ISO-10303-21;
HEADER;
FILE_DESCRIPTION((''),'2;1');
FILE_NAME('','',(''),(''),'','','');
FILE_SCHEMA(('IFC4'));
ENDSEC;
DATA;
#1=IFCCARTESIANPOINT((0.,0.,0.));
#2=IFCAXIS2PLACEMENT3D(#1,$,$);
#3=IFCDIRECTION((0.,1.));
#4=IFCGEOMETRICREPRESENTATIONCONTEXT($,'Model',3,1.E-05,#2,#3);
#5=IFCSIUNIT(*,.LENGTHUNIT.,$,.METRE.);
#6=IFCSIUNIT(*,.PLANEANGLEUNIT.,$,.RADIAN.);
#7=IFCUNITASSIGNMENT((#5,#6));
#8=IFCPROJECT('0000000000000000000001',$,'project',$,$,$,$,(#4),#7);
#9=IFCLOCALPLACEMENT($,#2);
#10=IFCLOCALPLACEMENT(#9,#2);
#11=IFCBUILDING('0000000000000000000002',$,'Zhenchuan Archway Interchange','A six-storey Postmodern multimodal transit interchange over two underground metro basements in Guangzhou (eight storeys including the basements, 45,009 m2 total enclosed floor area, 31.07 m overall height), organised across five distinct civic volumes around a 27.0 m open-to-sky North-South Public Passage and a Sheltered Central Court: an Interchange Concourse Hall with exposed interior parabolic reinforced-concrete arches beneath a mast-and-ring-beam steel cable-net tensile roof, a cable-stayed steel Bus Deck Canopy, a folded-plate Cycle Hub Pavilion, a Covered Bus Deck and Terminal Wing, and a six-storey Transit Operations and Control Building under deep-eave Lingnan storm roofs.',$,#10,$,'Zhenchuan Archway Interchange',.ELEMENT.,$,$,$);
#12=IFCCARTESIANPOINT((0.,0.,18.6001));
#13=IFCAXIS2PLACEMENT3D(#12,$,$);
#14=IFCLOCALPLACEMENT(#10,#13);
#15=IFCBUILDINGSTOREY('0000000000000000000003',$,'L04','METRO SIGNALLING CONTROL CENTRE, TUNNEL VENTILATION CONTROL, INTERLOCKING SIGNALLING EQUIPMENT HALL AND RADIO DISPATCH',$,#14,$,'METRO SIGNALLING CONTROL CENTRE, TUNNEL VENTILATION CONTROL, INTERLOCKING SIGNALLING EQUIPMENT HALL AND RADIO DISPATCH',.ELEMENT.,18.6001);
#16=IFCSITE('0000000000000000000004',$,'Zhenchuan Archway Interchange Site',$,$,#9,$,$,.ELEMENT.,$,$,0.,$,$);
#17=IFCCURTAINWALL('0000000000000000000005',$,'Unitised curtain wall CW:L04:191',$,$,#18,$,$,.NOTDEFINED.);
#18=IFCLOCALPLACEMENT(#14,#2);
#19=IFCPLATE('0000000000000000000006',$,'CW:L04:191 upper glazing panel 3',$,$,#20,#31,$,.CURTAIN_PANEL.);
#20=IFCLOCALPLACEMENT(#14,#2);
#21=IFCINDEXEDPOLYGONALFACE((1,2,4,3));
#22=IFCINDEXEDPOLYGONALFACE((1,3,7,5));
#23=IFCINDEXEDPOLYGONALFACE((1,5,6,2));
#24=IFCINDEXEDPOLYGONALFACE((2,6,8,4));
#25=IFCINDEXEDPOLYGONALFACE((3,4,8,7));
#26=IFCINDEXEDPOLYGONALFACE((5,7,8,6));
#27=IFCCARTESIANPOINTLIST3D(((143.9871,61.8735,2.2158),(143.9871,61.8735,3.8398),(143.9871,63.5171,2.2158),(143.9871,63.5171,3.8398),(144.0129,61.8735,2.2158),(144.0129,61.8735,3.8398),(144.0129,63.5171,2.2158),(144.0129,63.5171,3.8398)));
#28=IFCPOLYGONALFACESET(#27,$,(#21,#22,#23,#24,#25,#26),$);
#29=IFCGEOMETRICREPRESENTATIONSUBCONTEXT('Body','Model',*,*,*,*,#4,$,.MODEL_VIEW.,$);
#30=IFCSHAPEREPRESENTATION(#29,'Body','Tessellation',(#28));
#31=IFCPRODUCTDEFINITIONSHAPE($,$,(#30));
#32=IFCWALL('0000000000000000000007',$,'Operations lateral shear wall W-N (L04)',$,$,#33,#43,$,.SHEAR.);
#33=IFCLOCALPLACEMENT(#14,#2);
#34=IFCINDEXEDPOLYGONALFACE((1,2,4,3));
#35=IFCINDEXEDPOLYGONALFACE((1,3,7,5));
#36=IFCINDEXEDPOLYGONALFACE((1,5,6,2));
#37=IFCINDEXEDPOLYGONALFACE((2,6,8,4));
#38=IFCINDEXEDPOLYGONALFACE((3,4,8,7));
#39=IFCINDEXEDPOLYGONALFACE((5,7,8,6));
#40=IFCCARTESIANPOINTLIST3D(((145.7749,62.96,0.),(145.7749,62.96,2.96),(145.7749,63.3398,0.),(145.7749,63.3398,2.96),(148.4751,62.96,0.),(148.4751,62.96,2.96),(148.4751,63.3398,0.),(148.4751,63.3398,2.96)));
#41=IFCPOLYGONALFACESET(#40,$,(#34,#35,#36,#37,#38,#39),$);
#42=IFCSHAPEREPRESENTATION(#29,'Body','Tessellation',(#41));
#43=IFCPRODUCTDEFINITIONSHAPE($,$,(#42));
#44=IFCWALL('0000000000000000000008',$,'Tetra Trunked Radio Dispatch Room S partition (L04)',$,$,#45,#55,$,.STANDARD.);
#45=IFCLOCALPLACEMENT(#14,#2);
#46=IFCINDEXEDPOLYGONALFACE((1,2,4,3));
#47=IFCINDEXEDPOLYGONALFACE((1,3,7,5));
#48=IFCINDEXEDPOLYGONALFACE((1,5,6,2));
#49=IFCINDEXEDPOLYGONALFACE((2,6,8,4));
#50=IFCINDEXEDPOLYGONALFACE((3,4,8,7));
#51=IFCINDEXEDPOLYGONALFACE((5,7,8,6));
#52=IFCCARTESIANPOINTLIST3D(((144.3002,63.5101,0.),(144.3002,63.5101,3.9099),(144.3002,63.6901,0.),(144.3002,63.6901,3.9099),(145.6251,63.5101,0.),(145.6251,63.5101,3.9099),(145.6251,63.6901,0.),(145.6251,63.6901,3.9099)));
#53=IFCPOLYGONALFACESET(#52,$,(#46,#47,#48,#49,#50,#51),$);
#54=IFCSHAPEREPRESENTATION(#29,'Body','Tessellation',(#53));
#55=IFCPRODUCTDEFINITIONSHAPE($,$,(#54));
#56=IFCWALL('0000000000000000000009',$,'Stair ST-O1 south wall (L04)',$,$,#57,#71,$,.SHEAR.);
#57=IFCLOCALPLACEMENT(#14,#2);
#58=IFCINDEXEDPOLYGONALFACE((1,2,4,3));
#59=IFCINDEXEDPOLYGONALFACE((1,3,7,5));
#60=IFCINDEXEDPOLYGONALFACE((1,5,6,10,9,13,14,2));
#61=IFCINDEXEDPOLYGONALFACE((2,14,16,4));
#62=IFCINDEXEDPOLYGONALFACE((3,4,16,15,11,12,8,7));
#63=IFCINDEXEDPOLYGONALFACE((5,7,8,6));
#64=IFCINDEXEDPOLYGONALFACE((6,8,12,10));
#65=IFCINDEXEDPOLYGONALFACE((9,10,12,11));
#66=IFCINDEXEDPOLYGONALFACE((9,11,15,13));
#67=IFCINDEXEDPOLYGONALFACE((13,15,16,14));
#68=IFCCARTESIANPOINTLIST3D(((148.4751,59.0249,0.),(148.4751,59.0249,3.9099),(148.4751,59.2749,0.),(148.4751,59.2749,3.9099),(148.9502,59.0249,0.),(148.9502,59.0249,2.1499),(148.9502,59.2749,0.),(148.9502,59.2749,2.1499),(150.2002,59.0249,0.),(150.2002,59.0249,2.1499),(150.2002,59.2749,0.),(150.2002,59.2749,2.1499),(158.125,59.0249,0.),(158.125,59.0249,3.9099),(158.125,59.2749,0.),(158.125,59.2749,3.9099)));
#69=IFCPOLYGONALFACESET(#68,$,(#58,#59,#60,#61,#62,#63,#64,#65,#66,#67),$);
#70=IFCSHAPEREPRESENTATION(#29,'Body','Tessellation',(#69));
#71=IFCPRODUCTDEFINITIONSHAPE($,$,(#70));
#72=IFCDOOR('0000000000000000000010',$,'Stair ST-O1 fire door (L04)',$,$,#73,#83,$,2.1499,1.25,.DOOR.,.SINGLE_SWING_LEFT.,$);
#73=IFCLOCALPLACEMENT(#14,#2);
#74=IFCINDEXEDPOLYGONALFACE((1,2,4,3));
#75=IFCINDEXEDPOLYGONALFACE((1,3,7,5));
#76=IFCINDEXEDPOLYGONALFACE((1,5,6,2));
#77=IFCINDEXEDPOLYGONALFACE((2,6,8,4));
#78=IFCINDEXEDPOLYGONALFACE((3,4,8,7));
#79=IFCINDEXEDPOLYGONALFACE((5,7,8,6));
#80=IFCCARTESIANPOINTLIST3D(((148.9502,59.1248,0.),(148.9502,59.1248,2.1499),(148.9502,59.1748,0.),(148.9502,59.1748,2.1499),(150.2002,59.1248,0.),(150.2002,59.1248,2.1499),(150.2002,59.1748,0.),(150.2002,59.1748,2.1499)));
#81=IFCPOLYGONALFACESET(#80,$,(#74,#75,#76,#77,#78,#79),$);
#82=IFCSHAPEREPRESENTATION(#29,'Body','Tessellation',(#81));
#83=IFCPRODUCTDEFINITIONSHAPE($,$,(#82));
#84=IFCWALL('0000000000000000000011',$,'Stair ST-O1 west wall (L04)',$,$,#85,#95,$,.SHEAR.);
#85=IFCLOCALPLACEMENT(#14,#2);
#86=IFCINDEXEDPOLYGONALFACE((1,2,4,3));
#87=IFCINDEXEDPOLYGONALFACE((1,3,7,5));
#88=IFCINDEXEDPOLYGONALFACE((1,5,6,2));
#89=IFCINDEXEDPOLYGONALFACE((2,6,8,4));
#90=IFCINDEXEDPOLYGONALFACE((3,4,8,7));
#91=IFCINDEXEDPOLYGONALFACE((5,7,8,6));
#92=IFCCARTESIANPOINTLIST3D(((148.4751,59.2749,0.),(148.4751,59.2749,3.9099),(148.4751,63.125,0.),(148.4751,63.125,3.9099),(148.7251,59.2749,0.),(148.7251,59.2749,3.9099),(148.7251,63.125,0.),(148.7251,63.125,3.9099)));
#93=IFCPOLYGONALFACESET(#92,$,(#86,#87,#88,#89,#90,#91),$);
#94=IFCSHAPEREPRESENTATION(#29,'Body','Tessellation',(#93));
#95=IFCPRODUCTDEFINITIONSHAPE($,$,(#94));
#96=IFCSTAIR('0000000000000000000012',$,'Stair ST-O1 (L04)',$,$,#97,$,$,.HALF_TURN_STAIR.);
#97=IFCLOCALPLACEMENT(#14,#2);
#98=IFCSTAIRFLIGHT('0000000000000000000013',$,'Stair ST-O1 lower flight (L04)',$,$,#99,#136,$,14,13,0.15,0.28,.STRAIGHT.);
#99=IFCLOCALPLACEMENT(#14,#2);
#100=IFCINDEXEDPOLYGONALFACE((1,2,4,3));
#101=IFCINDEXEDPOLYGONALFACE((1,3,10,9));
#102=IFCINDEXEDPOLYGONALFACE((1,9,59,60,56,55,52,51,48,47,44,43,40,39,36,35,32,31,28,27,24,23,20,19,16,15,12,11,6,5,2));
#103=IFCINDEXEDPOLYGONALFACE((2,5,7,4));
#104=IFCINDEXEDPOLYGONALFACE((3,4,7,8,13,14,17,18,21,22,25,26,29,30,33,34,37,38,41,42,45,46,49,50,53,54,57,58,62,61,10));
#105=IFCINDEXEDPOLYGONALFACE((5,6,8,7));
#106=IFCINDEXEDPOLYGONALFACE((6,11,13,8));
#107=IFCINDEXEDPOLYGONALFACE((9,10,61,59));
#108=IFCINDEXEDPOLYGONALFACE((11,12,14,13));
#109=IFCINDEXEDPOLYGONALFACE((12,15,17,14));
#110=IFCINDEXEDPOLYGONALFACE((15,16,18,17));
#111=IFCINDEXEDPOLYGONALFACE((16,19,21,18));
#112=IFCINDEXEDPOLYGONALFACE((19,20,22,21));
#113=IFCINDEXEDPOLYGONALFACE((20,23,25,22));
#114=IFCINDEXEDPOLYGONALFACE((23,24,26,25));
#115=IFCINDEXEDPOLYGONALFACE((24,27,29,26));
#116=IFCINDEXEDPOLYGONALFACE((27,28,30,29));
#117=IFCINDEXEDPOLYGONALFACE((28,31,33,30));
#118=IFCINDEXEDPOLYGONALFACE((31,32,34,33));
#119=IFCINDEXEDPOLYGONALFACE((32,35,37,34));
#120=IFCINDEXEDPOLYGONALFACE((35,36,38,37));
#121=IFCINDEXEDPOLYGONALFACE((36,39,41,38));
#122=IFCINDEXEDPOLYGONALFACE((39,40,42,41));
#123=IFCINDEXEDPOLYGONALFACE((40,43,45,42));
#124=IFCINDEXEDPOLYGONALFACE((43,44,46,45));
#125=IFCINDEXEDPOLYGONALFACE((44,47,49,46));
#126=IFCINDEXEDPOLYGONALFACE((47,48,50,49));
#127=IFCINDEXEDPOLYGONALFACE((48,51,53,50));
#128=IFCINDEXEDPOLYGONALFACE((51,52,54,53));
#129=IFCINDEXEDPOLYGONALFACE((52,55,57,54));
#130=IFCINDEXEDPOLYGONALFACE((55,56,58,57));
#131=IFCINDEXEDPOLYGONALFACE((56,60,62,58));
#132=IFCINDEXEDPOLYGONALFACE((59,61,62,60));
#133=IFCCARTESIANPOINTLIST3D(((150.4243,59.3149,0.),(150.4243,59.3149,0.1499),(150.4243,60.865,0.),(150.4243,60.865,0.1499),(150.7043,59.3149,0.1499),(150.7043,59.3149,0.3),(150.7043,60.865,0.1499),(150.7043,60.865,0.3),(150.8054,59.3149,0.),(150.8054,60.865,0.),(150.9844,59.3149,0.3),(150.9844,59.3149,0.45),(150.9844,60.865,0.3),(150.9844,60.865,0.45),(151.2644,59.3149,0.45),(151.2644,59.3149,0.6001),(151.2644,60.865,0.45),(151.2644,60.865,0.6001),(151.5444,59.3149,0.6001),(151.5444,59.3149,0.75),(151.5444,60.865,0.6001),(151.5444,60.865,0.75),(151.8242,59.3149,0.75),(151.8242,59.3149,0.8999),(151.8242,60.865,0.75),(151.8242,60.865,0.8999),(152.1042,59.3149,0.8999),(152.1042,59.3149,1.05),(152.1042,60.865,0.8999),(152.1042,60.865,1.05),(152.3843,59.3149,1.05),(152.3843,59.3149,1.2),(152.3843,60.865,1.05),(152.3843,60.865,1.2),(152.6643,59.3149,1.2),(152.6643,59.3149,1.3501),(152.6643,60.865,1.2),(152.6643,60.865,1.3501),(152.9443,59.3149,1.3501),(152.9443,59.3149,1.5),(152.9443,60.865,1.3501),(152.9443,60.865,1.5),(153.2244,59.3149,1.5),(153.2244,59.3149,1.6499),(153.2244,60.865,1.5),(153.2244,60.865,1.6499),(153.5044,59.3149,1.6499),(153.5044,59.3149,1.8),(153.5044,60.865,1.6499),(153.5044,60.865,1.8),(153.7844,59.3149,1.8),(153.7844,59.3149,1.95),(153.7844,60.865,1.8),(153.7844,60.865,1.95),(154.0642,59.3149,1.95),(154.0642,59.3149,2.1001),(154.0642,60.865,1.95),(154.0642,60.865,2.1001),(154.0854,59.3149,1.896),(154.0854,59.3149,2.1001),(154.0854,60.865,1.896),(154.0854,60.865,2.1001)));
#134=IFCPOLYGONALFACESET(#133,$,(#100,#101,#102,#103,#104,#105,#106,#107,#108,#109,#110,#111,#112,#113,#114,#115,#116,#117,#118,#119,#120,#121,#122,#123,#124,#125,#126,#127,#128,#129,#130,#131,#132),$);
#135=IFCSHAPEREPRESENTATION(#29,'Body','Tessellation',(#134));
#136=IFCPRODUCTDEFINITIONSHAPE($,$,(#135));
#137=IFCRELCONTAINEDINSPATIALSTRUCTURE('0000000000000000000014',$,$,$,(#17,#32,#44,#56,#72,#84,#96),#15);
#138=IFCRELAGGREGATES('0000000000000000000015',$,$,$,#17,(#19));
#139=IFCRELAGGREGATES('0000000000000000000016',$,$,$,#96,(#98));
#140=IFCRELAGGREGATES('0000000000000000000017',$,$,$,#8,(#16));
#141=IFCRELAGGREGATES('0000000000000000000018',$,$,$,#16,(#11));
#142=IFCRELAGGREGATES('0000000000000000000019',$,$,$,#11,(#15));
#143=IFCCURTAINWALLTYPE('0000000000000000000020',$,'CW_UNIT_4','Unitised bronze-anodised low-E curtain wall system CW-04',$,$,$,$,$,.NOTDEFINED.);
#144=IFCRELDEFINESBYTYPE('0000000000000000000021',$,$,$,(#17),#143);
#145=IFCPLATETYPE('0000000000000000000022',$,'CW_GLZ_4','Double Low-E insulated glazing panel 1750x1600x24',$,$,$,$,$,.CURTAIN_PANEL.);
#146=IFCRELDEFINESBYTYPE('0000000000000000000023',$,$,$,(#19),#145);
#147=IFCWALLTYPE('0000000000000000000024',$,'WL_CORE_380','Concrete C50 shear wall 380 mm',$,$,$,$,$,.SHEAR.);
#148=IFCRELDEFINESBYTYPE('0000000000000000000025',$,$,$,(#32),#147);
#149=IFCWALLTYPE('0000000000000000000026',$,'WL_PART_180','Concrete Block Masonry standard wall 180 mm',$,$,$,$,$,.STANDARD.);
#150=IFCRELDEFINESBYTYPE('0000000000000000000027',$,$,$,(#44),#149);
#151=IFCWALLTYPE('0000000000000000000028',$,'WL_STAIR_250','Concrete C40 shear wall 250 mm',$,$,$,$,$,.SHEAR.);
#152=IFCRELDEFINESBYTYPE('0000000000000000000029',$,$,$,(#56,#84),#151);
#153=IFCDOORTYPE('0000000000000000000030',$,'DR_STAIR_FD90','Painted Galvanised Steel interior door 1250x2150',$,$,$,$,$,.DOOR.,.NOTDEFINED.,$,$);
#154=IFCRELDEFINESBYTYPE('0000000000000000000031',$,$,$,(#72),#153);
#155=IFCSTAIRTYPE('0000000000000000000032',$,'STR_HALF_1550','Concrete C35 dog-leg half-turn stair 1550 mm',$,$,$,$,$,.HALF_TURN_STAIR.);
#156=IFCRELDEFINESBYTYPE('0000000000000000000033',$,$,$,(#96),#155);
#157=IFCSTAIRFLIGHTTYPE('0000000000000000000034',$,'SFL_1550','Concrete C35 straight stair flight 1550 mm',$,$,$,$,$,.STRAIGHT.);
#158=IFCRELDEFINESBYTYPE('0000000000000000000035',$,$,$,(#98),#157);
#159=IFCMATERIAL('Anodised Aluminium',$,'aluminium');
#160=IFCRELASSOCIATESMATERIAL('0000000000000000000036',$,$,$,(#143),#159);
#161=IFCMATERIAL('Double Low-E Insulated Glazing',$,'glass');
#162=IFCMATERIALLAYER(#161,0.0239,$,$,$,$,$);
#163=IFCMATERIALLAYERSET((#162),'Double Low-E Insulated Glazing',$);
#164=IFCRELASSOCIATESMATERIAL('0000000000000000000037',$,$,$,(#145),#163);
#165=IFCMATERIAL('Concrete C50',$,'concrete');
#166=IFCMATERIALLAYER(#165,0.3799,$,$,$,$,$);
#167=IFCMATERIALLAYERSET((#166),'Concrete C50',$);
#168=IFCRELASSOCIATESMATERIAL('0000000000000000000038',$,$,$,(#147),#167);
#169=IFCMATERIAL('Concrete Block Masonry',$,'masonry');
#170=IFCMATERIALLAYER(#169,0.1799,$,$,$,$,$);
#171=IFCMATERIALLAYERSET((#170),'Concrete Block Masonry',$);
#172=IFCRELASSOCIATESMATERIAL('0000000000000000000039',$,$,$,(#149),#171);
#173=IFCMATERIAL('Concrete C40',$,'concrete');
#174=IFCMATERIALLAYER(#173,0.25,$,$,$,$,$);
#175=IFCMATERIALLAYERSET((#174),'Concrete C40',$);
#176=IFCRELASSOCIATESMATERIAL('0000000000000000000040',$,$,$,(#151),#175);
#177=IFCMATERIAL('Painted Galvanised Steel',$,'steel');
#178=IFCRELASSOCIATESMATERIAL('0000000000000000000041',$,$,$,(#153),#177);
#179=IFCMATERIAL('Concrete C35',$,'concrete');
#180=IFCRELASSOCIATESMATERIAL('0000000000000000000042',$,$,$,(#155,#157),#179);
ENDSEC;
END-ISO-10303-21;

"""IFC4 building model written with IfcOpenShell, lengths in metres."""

from ifc_helpers import new_model, si_unit, direction, frame, frame_2d, origin, origin_2d, place, context, subcontext, project, spatial, polyline, rectangle, outline, extrude, material, layer, layer_set, type_object, element, fill, aggregate, save


model = new_model("IFC4")

# Units and contexts
model_context = context("Model", 3, precision=1e-05, world=origin(), true_north=direction((0.0, 1.0)))
body_context = subcontext(model_context, "Body", "Model", "MODEL_VIEW")
ifc_project = project(units=[si_unit("LENGTHUNIT", "METRE"), si_unit("PLANEANGLEUNIT", "RADIAN")], contexts=[model_context])

# Site, building, storey
site_placement = place(None, origin())
site = spatial("IfcSite", under=ifc_project, at=site_placement, Name="Zhenchuan Archway Interchange Site", CompositionType="ELEMENT", RefElevation=0.0)
building_placement = place(site_placement, origin())
building = spatial("IfcBuilding", under=site, at=building_placement, Name="Zhenchuan Archway Interchange", Description="A six-storey Postmodern multimodal transit interchange over two underground metro basements in Guangzhou (eight storeys including the basements, 45,009 m2 total enclosed floor area, 31.07 m overall height), organised across five distinct civic volumes around a 27.0 m open-to-sky North-South Public Passage and a Sheltered Central Court: an Interchange Concourse Hall with exposed interior parabolic reinforced-concrete arches beneath a mast-and-ring-beam steel cable-net tensile roof, a cable-stayed steel Bus Deck Canopy, a folded-plate Cycle Hub Pavilion, a Covered Bus Deck and Terminal Wing, and a six-storey Transit Operations and Control Building under deep-eave Lingnan storm roofs.", LongName="Zhenchuan Archway Interchange", CompositionType="ELEMENT")
storey_placement = place(building_placement, frame((0.0, 0.0, 18.6001)))
storey = spatial("IfcBuildingStorey", under=building, at=storey_placement, Name="L04", Description="METRO SIGNALLING CONTROL CENTRE, TUNNEL VENTILATION CONTROL, INTERLOCKING SIGNALLING EQUIPMENT HALL AND RADIO DISPATCH", LongName="METRO SIGNALLING CONTROL CENTRE, TUNNEL VENTILATION CONTROL, INTERLOCKING SIGNALLING EQUIPMENT HALL AND RADIO DISPATCH", CompositionType="ELEMENT", Elevation=18.6001)

# Shared definitions
ifc_material_1 = material(Name="Concrete C40", Category="concrete")

# Curtain wall
ifc_material_2 = material(Name="Anodised Aluminium", Category="aluminium")
curtain_wall_type = type_object("IfcCurtainWallType", Name="CW_UNIT_4", Description="Unitised bronze-anodised low-E curtain wall system CW-04", PredefinedType="NOTDEFINED", material=ifc_material_2)
curtain_wall_placement = place(storey_placement, origin())
curtain_wall = element("IfcCurtainWall", 1, at=curtain_wall_placement, inside=storey, type_object=curtain_wall_type, Name="Unitised curtain wall CW:L04:191", PredefinedType="NOTDEFINED")

# Plate
ifc_material_3 = material(Name="Double Low-E Insulated Glazing", Category="glass")
ifc_layer_1 = layer(ifc_material_3, 0.0239)
ifc_layer_set_1 = layer_set([ifc_layer_1], Name="Double Low-E Insulated Glazing")
plate_type_1 = type_object("IfcPlateType", Name="CW_GLZ_4", Description="Double Low-E insulated glazing panel 1750x1600x24", PredefinedType="CURTAIN_PANEL", material=ifc_layer_set_1)
plate_1_placement = place(storey_placement, frame((144.0, 62.6953, 2.2158), z_axis=(0.0, 0.0, 1.0), x_axis=(0.0, 1.0, 0.0)))
plate_1 = element("IfcPlate", 2, at=plate_1_placement, type_object=plate_type_1, Name="CW:L04:191 upper glazing panel 3", PredefinedType="CURTAIN_PANEL", context=body_context, shape_type="SweptSolid", body=[
    extrude(rectangle(XDim=1.6436, YDim=0.0259, at=origin_2d()), origin(), (0.0, 0.0, 1.0), 1.624),
])
aggregate(curtain_wall, [plate_1])

# Walls
ifc_material_4 = material(Name="Concrete C50", Category="concrete")
ifc_layer_2 = layer(ifc_material_4, 0.3799)
ifc_layer_set_2 = layer_set([ifc_layer_2], Name="Concrete C50")
wall_type_1 = type_object("IfcWallType", Name="WL_CORE_380", Description="Concrete C50 shear wall 380 mm", PredefinedType="SHEAR", material=ifc_layer_set_2)
wall_1_placement = place(storey_placement, frame((145.7749, 63.1499, 0.0), z_axis=(0.0, 0.0, 1.0), x_axis=(1.0, 0.0, 0.0)))
element("IfcWall", 3, at=wall_1_placement, inside=storey, type_object=wall_type_1, Name="Operations lateral shear wall W-N (L04)", PredefinedType="SHEAR", context=body_context, shape_type="SweptSolid", body=[
    extrude(rectangle(XDim=2.7002, YDim=0.3799, at=frame_2d((1.3501, 0.0))), origin(), (0.0, 0.0, 1.0), 2.96),
])
ifc_material_5 = material(Name="Concrete Block Masonry", Category="masonry")
ifc_layer_3 = layer(ifc_material_5, 0.1799)
ifc_layer_set_3 = layer_set([ifc_layer_3], Name="Concrete Block Masonry")
wall_type_2 = type_object("IfcWallType", Name="WL_PART_180", Description="Concrete Block Masonry standard wall 180 mm", PredefinedType="STANDARD", material=ifc_layer_set_3)
wall_2_placement = place(storey_placement, frame((144.3, 63.6001, 0.0), z_axis=(0.0, 0.0, 1.0), x_axis=(1.0, 0.0, 0.0)))
element("IfcWall", 4, at=wall_2_placement, inside=storey, type_object=wall_type_2, Name="Tetra Trunked Radio Dispatch Room S partition (L04)", PredefinedType="STANDARD", context=body_context, shape_type="SweptSolid", body=[
    extrude(rectangle(XDim=1.325, YDim=0.1799, at=frame_2d((0.6626, 0.0))), origin(), (0.0, 0.0, 1.0), 3.9099),
])

# Wall, opening, door
ifc_layer_4 = layer(ifc_material_1, 0.25)
ifc_layer_set_4 = layer_set([ifc_layer_4], Name="Concrete C40")
wall_type_3 = type_object("IfcWallType", Name="WL_STAIR_250", Description="Concrete C40 shear wall 250 mm", PredefinedType="SHEAR", material=ifc_layer_set_4)
wall_3_placement = place(storey_placement, frame((148.4751, 59.1499, 0.0), z_axis=(0.0, 0.0, 1.0), x_axis=(1.0, 0.0, 0.0)))
wall_3 = element("IfcWall", 5, at=wall_3_placement, inside=storey, type_object=wall_type_3, Name="Stair ST-O1 south wall (L04)", PredefinedType="SHEAR", context=body_context, shape_type="SweptSolid", body=[
    extrude(rectangle(XDim=9.6499, YDim=0.25, at=frame_2d((4.825, 0.0))), origin(), (0.0, 0.0, 1.0), 3.9099),
])
opening_placement = place(wall_3_placement, frame((0.4751, 0.0, 0.0)))
opening = element("IfcOpeningElement", 6, at=opening_placement, cuts=wall_3, PredefinedType="OPENING", context=body_context, shape_type="SweptSolid", body=[
    extrude(rectangle(XDim=1.25, YDim=2.1499, at=frame_2d((0.625, 1.075))), frame((0.0, 0.137, 0.0), z_axis=(0.0, -1.0, 0.0), x_axis=(1.0, 0.0, 0.0)), (0.0, 0.0, 1.0), 0.2739),
])
ifc_material_6 = material(Name="Painted Galvanised Steel", Category="steel")
door_type = type_object("IfcDoorType", Name="DR_STAIR_FD90", Description="Painted Galvanised Steel interior door 1250x2150", OperationType="NOTDEFINED", PredefinedType="DOOR", material=ifc_material_6)
door_placement = place(opening_placement, origin())
door = element("IfcDoor", 7, at=door_placement, inside=storey, type_object=door_type, Name="Stair ST-O1 fire door (L04)", OperationType="SINGLE_SWING_LEFT", OverallHeight=2.1499, OverallWidth=1.25, PredefinedType="DOOR", context=body_context, shape_type="SweptSolid", body=[
    extrude(rectangle(XDim=1.25, YDim=2.1499, at=frame_2d((0.625, 1.075))), frame((0.0, 0.0249, 0.0), z_axis=(0.0, -1.0, 0.0), x_axis=(1.0, 0.0, 0.0)), (0.0, 0.0, 1.0), 0.05),
])
fill(opening, door)

# Wall
wall_4_placement = place(storey_placement, frame((148.6001, 63.125, 0.0), z_axis=(0.0, 0.0, 1.0), x_axis=(0.0, -1.0, 0.0)))
element("IfcWall", 8, at=wall_4_placement, inside=storey, type_object=wall_type_3, Name="Stair ST-O1 west wall (L04)", PredefinedType="SHEAR", context=body_context, shape_type="SweptSolid", body=[
    extrude(rectangle(XDim=3.8501, YDim=0.25, at=frame_2d((1.925, 0.0))), origin(), (0.0, 0.0, 1.0), 3.9099),
])

# Stair, stair flight
ifc_material_7 = material(Name="Concrete C35", Category="concrete")
stair_type = type_object("IfcStairType", Name="STR_HALF_1550", Description="Concrete C35 dog-leg half-turn stair 1550 mm", PredefinedType="HALF_TURN_STAIR", material=ifc_material_7)
stair_placement = place(storey_placement, origin())
stair = element("IfcStair", 9, at=stair_placement, inside=storey, type_object=stair_type, Name="Stair ST-O1 (L04)", PredefinedType="HALF_TURN_STAIR")
stair_flight_type = type_object("IfcStairFlightType", Name="SFL_1550", Description="Concrete C35 straight stair flight 1550 mm", PredefinedType="STRAIGHT", material=ifc_material_7)
stair_flight_placement = place(storey_placement, frame((150.4243, 60.0901, 0.0), z_axis=(0.0, 0.0, 1.0), x_axis=(1.0, 0.0, 0.0)))
stair_flight = element("IfcStairFlight", 10, at=stair_flight_placement, type_object=stair_flight_type, Name="Stair ST-O1 lower flight (L04)", NumberOfRisers=14, NumberOfTreads=13, PredefinedType="STRAIGHT", RiserHeight=0.15, TreadLength=0.28, context=body_context, shape_type="SweptSolid", body=[
    extrude(outline(polyline([(0.0, 0.0), (0.0, 0.1499), (0.28, 0.1499), (0.28, 0.3), (0.5601, 0.3), (0.5601, 0.45), (0.8401, 0.45), (0.8401, 0.6001), (1.1201, 0.6001), (1.1201, 0.75), (1.3999, 0.75), (1.3999, 0.8999), (1.6799, 0.8999), (1.6799, 1.05), (1.96, 1.05), (1.96, 1.2), (2.24, 1.2), (2.24, 1.3501), (2.52, 1.3501), (2.52, 1.5), (2.8, 1.5), (2.8, 1.6499), (3.0801, 1.6499), (3.0801, 1.8), (3.3601, 1.8), (3.3601, 1.95), (3.6399, 1.95), (3.6399, 2.1001), (3.6611, 2.1001), (3.6611, 1.896), (0.3811, 0.0), (0.0, 0.0)])), frame((0.0, 0.7749, 0.0), z_axis=(0.0, -1.0, 0.0), x_axis=(1.0, 0.0, 0.0)), (0.0, 0.0, 1.0), 1.55),
])
aggregate(stair, [stair_flight])

save(model, "model.ifc")
